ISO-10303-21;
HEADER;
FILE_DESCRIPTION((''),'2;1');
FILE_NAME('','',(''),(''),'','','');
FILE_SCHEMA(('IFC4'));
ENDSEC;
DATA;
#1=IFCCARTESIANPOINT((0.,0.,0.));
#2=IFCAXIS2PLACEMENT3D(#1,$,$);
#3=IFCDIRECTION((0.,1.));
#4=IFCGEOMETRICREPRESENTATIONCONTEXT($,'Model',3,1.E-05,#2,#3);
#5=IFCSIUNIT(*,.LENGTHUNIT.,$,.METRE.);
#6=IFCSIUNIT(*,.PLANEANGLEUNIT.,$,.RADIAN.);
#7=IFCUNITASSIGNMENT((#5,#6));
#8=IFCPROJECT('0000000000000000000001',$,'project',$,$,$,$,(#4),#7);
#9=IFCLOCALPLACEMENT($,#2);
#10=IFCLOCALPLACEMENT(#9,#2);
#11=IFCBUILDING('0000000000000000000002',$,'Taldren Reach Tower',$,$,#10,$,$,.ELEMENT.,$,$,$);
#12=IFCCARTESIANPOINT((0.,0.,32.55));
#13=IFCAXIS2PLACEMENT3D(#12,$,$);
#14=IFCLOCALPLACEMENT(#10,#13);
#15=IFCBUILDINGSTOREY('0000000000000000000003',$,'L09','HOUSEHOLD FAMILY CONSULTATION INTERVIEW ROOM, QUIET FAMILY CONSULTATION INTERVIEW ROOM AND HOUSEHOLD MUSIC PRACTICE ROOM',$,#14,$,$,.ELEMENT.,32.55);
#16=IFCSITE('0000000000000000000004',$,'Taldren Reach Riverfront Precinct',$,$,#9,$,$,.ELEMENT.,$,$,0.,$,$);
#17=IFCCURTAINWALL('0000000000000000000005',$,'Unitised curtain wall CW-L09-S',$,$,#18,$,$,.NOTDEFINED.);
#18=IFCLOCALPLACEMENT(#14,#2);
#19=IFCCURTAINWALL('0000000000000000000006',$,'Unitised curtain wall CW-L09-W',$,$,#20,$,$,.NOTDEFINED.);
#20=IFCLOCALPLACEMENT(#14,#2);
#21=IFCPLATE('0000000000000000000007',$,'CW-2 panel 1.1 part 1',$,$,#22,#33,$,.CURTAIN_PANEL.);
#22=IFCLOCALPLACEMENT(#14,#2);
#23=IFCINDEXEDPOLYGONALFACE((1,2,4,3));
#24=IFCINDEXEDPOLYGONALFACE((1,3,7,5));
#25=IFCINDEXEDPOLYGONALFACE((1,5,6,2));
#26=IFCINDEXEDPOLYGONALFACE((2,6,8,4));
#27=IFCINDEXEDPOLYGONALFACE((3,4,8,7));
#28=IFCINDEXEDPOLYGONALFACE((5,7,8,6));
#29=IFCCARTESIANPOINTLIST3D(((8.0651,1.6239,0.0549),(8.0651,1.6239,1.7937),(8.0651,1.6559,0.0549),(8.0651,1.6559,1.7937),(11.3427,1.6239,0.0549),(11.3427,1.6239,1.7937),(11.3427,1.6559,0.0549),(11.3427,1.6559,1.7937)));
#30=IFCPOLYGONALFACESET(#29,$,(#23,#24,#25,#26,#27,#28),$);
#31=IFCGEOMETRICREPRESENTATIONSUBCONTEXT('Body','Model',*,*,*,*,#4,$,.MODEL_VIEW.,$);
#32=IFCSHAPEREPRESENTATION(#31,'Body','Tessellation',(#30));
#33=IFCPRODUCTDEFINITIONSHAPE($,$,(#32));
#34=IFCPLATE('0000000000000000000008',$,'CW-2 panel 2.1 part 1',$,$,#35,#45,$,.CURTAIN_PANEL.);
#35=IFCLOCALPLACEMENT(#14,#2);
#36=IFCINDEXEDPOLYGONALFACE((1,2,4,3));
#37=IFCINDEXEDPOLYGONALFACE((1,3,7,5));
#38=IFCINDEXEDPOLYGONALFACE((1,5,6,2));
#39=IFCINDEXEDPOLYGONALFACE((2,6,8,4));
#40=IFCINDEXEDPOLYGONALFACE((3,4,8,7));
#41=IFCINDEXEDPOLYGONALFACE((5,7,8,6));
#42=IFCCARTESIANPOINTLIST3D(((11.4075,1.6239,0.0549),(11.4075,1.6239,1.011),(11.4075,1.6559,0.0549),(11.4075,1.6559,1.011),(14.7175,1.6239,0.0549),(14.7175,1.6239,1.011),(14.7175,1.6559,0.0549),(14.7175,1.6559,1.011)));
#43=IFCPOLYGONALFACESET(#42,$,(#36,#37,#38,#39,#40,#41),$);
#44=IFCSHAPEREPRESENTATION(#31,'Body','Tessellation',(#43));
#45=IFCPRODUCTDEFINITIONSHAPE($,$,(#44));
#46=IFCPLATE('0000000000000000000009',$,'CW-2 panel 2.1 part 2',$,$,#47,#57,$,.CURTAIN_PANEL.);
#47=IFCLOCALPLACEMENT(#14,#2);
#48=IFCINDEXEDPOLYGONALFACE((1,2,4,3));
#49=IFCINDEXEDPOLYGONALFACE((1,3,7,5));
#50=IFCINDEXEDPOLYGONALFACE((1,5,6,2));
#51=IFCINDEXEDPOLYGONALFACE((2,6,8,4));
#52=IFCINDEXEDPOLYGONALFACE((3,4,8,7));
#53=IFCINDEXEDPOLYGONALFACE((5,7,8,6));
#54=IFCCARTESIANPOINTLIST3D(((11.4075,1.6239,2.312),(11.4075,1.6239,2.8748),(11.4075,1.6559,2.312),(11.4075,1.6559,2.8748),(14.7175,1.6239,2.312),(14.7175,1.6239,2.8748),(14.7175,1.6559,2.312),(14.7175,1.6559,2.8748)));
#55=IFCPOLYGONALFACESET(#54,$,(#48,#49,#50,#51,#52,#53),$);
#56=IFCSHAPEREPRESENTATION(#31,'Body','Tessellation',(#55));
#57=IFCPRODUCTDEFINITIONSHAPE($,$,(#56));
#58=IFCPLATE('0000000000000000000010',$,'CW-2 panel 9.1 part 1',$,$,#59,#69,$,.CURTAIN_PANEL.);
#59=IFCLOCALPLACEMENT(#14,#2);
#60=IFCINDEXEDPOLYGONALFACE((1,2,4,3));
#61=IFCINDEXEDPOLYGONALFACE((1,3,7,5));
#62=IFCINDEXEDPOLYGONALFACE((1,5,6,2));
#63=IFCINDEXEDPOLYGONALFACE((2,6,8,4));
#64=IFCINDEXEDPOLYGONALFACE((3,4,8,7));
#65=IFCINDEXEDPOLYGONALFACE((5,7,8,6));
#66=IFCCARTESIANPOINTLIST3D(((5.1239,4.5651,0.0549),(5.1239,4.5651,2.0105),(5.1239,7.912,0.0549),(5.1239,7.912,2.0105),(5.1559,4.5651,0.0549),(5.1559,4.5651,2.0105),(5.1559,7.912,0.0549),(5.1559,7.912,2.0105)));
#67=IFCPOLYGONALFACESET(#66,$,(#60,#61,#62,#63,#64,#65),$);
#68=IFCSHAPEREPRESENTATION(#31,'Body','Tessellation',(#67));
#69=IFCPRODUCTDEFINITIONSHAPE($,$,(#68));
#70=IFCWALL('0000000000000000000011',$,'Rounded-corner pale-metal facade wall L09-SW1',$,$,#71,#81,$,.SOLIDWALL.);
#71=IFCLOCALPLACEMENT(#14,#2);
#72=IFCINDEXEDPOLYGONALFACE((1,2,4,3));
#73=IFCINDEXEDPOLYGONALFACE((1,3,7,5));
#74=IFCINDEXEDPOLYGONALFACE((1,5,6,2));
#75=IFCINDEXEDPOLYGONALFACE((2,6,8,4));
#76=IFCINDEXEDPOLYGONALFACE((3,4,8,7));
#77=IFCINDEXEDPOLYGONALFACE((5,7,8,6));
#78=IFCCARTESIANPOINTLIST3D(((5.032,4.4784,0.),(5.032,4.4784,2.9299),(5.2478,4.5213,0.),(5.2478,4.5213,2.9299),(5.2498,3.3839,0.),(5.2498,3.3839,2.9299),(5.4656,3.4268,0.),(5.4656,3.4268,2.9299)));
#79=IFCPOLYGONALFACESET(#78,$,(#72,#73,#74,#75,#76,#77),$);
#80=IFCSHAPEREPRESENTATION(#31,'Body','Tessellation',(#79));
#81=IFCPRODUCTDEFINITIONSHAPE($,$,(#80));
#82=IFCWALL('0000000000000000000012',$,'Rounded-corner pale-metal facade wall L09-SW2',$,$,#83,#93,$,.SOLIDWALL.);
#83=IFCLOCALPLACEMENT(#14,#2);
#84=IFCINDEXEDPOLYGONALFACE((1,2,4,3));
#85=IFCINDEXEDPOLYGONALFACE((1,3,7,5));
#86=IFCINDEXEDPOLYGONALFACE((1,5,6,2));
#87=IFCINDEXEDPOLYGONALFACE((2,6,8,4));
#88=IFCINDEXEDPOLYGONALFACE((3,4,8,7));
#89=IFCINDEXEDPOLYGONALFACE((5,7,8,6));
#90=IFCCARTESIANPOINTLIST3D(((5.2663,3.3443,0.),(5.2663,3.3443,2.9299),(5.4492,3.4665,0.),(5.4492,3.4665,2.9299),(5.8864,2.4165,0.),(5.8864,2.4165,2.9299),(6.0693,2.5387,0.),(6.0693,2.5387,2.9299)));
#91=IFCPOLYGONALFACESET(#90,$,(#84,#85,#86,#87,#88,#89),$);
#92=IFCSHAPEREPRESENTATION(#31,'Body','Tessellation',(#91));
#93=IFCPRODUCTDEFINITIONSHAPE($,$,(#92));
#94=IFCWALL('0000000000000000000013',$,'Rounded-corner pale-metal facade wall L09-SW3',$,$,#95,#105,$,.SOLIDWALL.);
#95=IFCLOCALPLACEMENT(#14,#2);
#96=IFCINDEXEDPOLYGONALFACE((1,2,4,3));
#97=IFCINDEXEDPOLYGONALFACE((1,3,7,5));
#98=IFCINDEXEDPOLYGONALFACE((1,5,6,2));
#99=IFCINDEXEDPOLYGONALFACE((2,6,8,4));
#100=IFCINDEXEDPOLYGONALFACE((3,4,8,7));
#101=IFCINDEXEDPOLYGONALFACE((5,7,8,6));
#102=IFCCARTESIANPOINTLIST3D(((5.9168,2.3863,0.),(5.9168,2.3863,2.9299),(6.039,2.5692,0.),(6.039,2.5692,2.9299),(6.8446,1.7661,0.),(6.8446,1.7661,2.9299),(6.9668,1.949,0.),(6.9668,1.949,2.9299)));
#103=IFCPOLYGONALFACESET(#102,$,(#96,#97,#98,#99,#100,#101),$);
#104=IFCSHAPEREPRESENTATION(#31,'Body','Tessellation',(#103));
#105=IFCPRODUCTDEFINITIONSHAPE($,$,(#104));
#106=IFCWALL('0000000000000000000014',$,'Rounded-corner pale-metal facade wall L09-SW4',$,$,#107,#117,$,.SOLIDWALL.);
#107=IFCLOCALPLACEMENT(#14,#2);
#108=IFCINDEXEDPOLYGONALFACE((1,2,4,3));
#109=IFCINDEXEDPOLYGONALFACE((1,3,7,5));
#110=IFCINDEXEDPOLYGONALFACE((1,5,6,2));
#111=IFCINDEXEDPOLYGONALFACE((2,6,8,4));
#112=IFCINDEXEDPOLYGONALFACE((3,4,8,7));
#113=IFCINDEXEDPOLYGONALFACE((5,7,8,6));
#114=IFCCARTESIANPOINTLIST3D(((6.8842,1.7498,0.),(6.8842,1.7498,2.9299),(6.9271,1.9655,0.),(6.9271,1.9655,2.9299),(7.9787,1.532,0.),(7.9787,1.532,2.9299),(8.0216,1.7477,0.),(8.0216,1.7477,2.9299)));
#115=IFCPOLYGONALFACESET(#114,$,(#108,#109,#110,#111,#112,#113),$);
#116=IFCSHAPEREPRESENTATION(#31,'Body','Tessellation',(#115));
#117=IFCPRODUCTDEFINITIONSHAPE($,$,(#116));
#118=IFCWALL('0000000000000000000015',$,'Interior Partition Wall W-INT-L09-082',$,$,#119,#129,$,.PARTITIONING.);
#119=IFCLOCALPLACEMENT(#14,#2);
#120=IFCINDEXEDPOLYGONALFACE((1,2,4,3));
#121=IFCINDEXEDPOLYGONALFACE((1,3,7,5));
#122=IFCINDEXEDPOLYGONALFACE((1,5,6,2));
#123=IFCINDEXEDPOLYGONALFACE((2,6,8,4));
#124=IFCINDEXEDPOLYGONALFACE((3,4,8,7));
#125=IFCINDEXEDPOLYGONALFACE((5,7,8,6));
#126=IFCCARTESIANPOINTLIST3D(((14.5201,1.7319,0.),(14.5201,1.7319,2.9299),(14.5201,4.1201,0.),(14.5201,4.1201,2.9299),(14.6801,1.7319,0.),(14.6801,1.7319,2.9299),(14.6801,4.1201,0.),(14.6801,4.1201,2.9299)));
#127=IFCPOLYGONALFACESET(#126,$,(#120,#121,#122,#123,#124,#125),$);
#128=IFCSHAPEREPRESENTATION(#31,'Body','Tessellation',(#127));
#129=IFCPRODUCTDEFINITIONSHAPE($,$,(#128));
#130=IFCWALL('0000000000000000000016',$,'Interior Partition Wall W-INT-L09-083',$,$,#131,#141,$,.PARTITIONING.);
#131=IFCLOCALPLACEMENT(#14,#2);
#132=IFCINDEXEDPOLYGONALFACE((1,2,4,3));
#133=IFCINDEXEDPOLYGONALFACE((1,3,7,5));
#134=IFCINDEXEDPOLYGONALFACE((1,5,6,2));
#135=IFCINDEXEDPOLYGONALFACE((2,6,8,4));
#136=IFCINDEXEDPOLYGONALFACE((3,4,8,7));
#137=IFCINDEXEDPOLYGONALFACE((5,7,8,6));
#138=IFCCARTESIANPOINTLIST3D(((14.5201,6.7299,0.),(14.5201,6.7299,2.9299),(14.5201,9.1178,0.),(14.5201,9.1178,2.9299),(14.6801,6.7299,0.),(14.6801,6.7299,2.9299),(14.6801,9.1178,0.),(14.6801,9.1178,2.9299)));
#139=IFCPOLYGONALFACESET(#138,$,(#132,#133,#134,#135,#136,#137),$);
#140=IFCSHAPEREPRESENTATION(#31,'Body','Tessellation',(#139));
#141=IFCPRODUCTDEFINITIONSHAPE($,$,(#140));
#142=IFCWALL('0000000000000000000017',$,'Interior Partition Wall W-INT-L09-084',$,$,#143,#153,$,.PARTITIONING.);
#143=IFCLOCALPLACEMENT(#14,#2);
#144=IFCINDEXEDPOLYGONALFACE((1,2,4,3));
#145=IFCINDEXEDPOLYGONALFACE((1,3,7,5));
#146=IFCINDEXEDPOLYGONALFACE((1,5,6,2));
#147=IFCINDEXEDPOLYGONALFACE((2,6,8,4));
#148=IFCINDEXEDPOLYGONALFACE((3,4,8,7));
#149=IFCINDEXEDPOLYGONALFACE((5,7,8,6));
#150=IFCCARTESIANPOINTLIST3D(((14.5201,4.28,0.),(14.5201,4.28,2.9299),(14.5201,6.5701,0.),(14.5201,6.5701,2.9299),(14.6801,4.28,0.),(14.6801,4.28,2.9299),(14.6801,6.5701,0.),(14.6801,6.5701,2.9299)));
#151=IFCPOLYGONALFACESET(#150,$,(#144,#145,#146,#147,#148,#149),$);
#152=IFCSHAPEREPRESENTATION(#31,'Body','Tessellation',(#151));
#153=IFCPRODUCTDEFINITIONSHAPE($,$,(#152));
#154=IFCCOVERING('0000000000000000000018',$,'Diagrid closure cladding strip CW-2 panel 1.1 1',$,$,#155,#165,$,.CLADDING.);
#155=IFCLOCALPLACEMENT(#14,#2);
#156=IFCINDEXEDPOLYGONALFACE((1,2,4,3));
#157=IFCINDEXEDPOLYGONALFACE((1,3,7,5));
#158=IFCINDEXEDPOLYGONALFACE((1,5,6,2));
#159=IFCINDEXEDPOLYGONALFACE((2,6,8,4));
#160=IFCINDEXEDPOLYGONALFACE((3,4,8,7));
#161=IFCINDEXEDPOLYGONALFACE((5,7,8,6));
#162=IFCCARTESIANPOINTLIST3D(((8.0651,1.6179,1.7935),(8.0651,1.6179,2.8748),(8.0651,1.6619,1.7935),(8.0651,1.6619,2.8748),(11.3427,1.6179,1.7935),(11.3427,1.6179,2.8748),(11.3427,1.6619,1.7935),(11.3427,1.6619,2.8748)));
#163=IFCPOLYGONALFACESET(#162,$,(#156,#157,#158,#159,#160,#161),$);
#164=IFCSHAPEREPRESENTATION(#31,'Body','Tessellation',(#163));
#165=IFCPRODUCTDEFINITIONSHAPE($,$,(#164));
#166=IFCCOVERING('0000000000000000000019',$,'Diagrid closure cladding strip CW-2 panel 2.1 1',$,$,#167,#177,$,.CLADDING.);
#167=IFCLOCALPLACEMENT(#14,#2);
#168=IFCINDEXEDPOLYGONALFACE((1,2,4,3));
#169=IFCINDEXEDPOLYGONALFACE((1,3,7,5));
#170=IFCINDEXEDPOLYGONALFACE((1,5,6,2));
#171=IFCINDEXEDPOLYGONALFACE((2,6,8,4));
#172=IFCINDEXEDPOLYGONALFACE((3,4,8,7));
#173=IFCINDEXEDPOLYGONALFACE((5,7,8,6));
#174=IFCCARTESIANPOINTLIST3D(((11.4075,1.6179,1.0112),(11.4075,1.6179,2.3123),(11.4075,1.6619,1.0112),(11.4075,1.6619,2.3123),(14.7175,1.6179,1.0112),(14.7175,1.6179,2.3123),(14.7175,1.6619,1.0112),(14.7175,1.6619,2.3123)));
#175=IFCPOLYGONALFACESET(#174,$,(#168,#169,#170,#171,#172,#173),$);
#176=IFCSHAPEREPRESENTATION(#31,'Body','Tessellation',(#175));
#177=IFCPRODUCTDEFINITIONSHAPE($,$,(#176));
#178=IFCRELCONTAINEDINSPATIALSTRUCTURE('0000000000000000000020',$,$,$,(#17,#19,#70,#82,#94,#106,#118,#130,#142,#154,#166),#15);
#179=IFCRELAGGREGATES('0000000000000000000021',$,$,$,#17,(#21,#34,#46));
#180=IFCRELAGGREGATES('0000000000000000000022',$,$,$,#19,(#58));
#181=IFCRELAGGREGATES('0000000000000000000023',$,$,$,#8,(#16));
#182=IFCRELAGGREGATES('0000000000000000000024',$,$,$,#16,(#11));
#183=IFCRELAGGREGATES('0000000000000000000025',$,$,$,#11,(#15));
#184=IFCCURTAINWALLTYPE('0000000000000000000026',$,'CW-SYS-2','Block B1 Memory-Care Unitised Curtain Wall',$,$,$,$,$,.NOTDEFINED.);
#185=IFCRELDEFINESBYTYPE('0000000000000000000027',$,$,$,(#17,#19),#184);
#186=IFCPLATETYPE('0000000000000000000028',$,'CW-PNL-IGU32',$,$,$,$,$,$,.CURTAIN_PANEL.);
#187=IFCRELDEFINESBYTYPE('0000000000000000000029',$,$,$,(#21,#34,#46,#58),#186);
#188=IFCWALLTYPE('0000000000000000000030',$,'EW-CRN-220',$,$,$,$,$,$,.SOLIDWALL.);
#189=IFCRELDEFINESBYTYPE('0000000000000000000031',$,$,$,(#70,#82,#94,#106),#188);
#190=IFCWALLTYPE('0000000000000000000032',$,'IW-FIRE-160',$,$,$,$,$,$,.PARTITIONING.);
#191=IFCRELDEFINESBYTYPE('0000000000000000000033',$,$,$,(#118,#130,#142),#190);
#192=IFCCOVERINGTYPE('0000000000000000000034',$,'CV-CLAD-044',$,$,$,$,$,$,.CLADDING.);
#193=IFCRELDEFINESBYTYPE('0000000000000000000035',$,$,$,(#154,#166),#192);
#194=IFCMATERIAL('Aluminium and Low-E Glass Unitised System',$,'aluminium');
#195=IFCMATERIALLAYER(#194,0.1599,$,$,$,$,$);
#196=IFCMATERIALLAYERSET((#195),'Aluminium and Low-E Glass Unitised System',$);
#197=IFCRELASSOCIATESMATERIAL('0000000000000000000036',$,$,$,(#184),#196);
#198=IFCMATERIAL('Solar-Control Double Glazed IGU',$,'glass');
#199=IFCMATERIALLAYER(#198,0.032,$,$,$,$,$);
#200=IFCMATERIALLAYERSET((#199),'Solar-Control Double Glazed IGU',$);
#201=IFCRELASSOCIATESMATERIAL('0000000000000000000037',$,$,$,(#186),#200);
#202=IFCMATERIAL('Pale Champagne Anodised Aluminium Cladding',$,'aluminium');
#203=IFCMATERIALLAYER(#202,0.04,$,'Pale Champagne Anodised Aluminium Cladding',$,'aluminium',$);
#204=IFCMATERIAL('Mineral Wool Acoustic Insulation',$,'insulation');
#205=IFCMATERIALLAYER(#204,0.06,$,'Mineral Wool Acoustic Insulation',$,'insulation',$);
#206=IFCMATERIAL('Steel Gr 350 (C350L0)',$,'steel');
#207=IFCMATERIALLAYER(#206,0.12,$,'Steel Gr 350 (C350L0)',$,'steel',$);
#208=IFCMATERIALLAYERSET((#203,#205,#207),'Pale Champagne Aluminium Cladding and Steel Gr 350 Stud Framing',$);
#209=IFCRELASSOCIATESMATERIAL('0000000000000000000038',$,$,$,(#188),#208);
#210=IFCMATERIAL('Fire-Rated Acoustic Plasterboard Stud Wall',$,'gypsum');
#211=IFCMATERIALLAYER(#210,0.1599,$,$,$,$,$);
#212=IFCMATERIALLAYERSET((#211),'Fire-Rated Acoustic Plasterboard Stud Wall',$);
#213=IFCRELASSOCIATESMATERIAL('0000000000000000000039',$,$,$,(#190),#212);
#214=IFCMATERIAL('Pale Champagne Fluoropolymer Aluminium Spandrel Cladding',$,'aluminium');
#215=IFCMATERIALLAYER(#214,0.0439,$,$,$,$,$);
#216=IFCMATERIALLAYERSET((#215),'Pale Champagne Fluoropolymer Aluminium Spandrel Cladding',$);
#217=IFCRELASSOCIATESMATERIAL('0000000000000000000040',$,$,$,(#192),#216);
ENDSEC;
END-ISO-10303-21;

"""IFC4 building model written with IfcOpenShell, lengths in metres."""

from ifc_helpers import new_model, si_unit, direction, frame, frame_2d, origin, origin_2d, place, context, subcontext, project, spatial, rectangle, extrude, source, transform, mapped, material, layer, layer_set, type_object, element, aggregate, save


model = new_model("IFC4")

# Units and contexts
model_context = context("Model", 3, precision=1e-05, world=origin(), true_north=direction((0.0, 1.0)))
body_context = subcontext(model_context, "Body", "Model", "MODEL_VIEW")
ifc_project = project(units=[si_unit("LENGTHUNIT", "METRE"), si_unit("PLANEANGLEUNIT", "RADIAN")], contexts=[model_context])

# Site, building, storey
site_placement = place(None, origin())
site = spatial("IfcSite", under=ifc_project, at=site_placement, Name="Taldren Reach Riverfront Precinct", CompositionType="ELEMENT", RefElevation=0.0)
building_placement = place(site_placement, origin())
building = spatial("IfcBuilding", under=site, at=building_placement, Name="Taldren Reach Tower", CompositionType="ELEMENT")
storey_placement = place(building_placement, frame((0.0, 0.0, 32.55)))
storey = spatial("IfcBuildingStorey", under=building, at=storey_placement, Name="L09", Description="HOUSEHOLD FAMILY CONSULTATION INTERVIEW ROOM, QUIET FAMILY CONSULTATION INTERVIEW ROOM AND HOUSEHOLD MUSIC PRACTICE ROOM", CompositionType="ELEMENT", Elevation=32.55)

# Shared definitions
ifc_material_1 = material(Name="Steel Gr 350 (C350L0)", Category="steel")

# Curtain wall
ifc_material_2 = material(Name="Aluminium and Low-E Glass Unitised System", Category="aluminium")
ifc_layer_1 = layer(ifc_material_2, 0.1599)
ifc_layer_set_1 = layer_set([ifc_layer_1], Name="Aluminium and Low-E Glass Unitised System")
curtain_wall_type = type_object("IfcCurtainWallType", Name="CW-SYS-2", Description="Block B1 Memory-Care Unitised Curtain Wall", PredefinedType="NOTDEFINED", material=ifc_layer_set_1)
curtain_wall_1_placement = place(storey_placement, origin())
curtain_wall_1 = element("IfcCurtainWall", 1, at=curtain_wall_1_placement, inside=storey, type_object=curtain_wall_type, Name="Unitised curtain wall CW-L09-S", PredefinedType="NOTDEFINED")

# Curtain wall
curtain_wall_2_placement = place(storey_placement, origin())
curtain_wall_2 = element("IfcCurtainWall", 2, at=curtain_wall_2_placement, inside=storey, type_object=curtain_wall_type, Name="Unitised curtain wall CW-L09-W", PredefinedType="NOTDEFINED")

# Plates
ifc_material_3 = material(Name="Solar-Control Double Glazed IGU", Category="glass")
ifc_layer_2 = layer(ifc_material_3, 0.032)
ifc_layer_set_2 = layer_set([ifc_layer_2], Name="Solar-Control Double Glazed IGU")
plate_type_1 = type_object("IfcPlateType", Name="CW-PNL-IGU32", PredefinedType="CURTAIN_PANEL", material=ifc_layer_set_2)
shared_shape_1 = source(origin(), body_context, "Body", "SweptSolid", [
    extrude(rectangle(XDim=3.2776, YDim=0.032, at=origin_2d()), origin(), (0.0, 0.0, 1.0), 1.7388),
])
plate_1_placement = place(storey_placement, frame((9.7039, 1.6399, 0.0549), z_axis=(0.0, 0.0, 1.0), x_axis=(1.0, 0.0, 0.0)))
plate_1 = element("IfcPlate", 3, at=plate_1_placement, type_object=plate_type_1, Name="CW-2 panel 1.1 part 1", PredefinedType="CURTAIN_PANEL", context=body_context, shape_type="MappedRepresentation", body=[
    mapped(shared_shape_1, transform((0.0, 0.0, 0.0), scale=1.0)),
])
shared_shape_2 = source(origin(), body_context, "Body", "SweptSolid", [
    extrude(rectangle(XDim=3.3101, YDim=0.032, at=origin_2d()), origin(), (0.0, 0.0, 1.0), 0.9561),
])
plate_2_placement = place(storey_placement, frame((13.0625, 1.6399, 0.0549), z_axis=(0.0, 0.0, 1.0), x_axis=(1.0, 0.0, 0.0)))
plate_2 = element("IfcPlate", 4, at=plate_2_placement, type_object=plate_type_1, Name="CW-2 panel 2.1 part 1", PredefinedType="CURTAIN_PANEL", context=body_context, shape_type="MappedRepresentation", body=[
    mapped(shared_shape_2, transform((0.0, 0.0, 0.0), scale=1.0)),
])
shared_shape_3 = source(origin(), body_context, "Body", "SweptSolid", [
    extrude(rectangle(XDim=3.3101, YDim=0.032, at=origin_2d()), origin(), (0.0, 0.0, 1.0), 0.5627),
])
plate_3_placement = place(storey_placement, frame((13.0625, 1.6399, 2.312), z_axis=(0.0, 0.0, 1.0), x_axis=(1.0, 0.0, 0.0)))
plate_3 = element("IfcPlate", 5, at=plate_3_placement, type_object=plate_type_1, Name="CW-2 panel 2.1 part 2", PredefinedType="CURTAIN_PANEL", context=body_context, shape_type="MappedRepresentation", body=[
    mapped(shared_shape_3, transform((0.0, 0.0, 0.0), scale=1.0)),
])
aggregate(curtain_wall_1, [plate_1, plate_2, plate_3])
shared_shape_4 = source(origin(), body_context, "Body", "SweptSolid", [
    extrude(rectangle(XDim=3.3469, YDim=0.032, at=origin_2d()), origin(), (0.0, 0.0, 1.0), 1.9556),
])
plate_4_placement = place(storey_placement, frame((5.1399, 6.2385, 0.0549), z_axis=(0.0, 0.0, 1.0), x_axis=(0.0, -1.0, 0.0)))
plate_4 = element("IfcPlate", 6, at=plate_4_placement, type_object=plate_type_1, Name="CW-2 panel 9.1 part 1", PredefinedType="CURTAIN_PANEL", context=body_context, shape_type="MappedRepresentation", body=[
    mapped(shared_shape_4, transform((0.0, 0.0, 0.0), scale=1.0)),
])
aggregate(curtain_wall_2, [plate_4])

# Walls
ifc_material_4 = material(Name="Pale Champagne Anodised Aluminium Cladding", Category="aluminium")
ifc_layer_3 = layer(ifc_material_4, 0.04, Name="Pale Champagne Anodised Aluminium Cladding", Category="aluminium")
ifc_material_5 = material(Name="Mineral Wool Acoustic Insulation", Category="insulation")
ifc_layer_4 = layer(ifc_material_5, 0.06, Name="Mineral Wool Acoustic Insulation", Category="insulation")
ifc_layer_5 = layer(ifc_material_1, 0.12, Name="Steel Gr 350 (C350L0)", Category="steel")
ifc_layer_set_3 = layer_set([ifc_layer_3, ifc_layer_4, ifc_layer_5], Name="Pale Champagne Aluminium Cladding and Steel Gr 350 Stud Framing")
wall_type_1 = type_object("IfcWallType", Name="EW-CRN-220", PredefinedType="SOLIDWALL", material=ifc_layer_set_3)
shared_shape_5 = source(origin(), body_context, "Body", "SweptSolid", [
    extrude(rectangle(XDim=1.116, YDim=0.22, at=frame_2d((0.5581, 0.0))), origin(), (0.0, 0.0, 1.0), 2.9299),
])
for number, where, z_axis, x_axis, name in (
    (7, (5.1399, 4.5, 0.0), (0.0, 0.0, 1.0), (0.195148, -0.980774, 0.0), "Rounded-corner pale-metal facade wall L09-SW1"),
    (8, (5.3577, 3.4055, 0.0), (0.0, 0.0, 1.0), (0.55571, -0.831377, 0.0), "Rounded-corner pale-metal facade wall L09-SW2"),
    (9, (5.9778, 2.4778, 0.0), (0.0, 0.0, 1.0), (0.831377, -0.55571, 0.0), "Rounded-corner pale-metal facade wall L09-SW3"),
    (10, (6.9055, 1.8577, 0.0), (0.0, 0.0, 1.0), (0.980774, -0.195148, 0.0), "Rounded-corner pale-metal facade wall L09-SW4"),
):
    element("IfcWall", number, at=place(storey_placement, frame(where, z_axis=z_axis, x_axis=x_axis)), inside=storey, type_object=wall_type_1, Name=name, PredefinedType="SOLIDWALL", context=body_context, shape_type="MappedRepresentation", body=[
        mapped(shared_shape_5, transform((0.0, 0.0, 0.0), scale=1.0)),
    ])
ifc_material_6 = material(Name="Fire-Rated Acoustic Plasterboard Stud Wall", Category="gypsum")
ifc_layer_6 = layer(ifc_material_6, 0.1599)
ifc_layer_set_4 = layer_set([ifc_layer_6], Name="Fire-Rated Acoustic Plasterboard Stud Wall")
wall_type_2 = type_object("IfcWallType", Name="IW-FIRE-160", PredefinedType="PARTITIONING", material=ifc_layer_set_4)
shared_shape_6 = source(origin(), body_context, "Body", "SweptSolid", [
    extrude(rectangle(XDim=2.3882, YDim=0.1599, at=frame_2d((1.1941, 0.0))), origin(), (0.0, 0.0, 1.0), 2.9299),
])
wall_1_placement = place(storey_placement, frame((14.6001, 1.7319, 0.0), z_axis=(0.0, 0.0, 1.0), x_axis=(0.0, 1.0, 0.0)))
element("IfcWall", 11, at=wall_1_placement, inside=storey, type_object=wall_type_2, Name="Interior Partition Wall W-INT-L09-082", PredefinedType="PARTITIONING", context=body_context, shape_type="MappedRepresentation", body=[
    mapped(shared_shape_6, transform((0.0, 0.0, 0.0), scale=1.0)),
])
shared_shape_7 = source(origin(), body_context, "Body", "SweptSolid", [
    extrude(rectangle(XDim=2.3879, YDim=0.1599, at=frame_2d((1.1938, 0.0))), origin(), (0.0, 0.0, 1.0), 2.9299),
])
wall_2_placement = place(storey_placement, frame((14.6001, 6.73, 0.0), z_axis=(0.0, 0.0, 1.0), x_axis=(0.0, 1.0, 0.0)))
element("IfcWall", 12, at=wall_2_placement, inside=storey, type_object=wall_type_2, Name="Interior Partition Wall W-INT-L09-083", PredefinedType="PARTITIONING", context=body_context, shape_type="MappedRepresentation", body=[
    mapped(shared_shape_7, transform((0.0, 0.0, 0.0), scale=1.0)),
])
shared_shape_8 = source(origin(), body_context, "Body", "SweptSolid", [
    extrude(rectangle(XDim=2.29, YDim=0.1599, at=frame_2d((1.145, 0.0))), origin(), (0.0, 0.0, 1.0), 2.9299),
])
wall_3_placement = place(storey_placement, frame((14.6001, 4.28, 0.0), z_axis=(0.0, 0.0, 1.0), x_axis=(0.0, 1.0, 0.0)))
element("IfcWall", 13, at=wall_3_placement, inside=storey, type_object=wall_type_2, Name="Interior Partition Wall W-INT-L09-084", PredefinedType="PARTITIONING", context=body_context, shape_type="MappedRepresentation", body=[
    mapped(shared_shape_8, transform((0.0, 0.0, 0.0), scale=1.0)),
])

# Coverings
ifc_material_7 = material(Name="Pale Champagne Fluoropolymer Aluminium Spandrel Cladding", Category="aluminium")
ifc_layer_7 = layer(ifc_material_7, 0.0439)
ifc_layer_set_5 = layer_set([ifc_layer_7], Name="Pale Champagne Fluoropolymer Aluminium Spandrel Cladding")
covering_type = type_object("IfcCoveringType", Name="CV-CLAD-044", PredefinedType="CLADDING", material=ifc_layer_set_5)
shared_shape_9 = source(origin(), body_context, "Body", "SweptSolid", [
    extrude(rectangle(XDim=3.2776, YDim=0.0439, at=origin_2d()), origin(), (0.0, 0.0, 1.0), 1.0813),
])
covering_1_placement = place(storey_placement, frame((9.7039, 1.6399, 1.7935), z_axis=(0.0, 0.0, 1.0), x_axis=(1.0, 0.0, 0.0)))
element("IfcCovering", 14, at=covering_1_placement, inside=storey, type_object=covering_type, Name="Diagrid closure cladding strip CW-2 panel 1.1 1", PredefinedType="CLADDING", context=body_context, shape_type="MappedRepresentation", body=[
    mapped(shared_shape_9, transform((0.0, 0.0, 0.0), scale=1.0)),
])
shared_shape_10 = source(origin(), body_context, "Body", "SweptSolid", [
    extrude(rectangle(XDim=3.3101, YDim=0.0439, at=origin_2d()), origin(), (0.0, 0.0, 1.0), 1.301),
])
covering_2_placement = place(storey_placement, frame((13.0625, 1.6399, 1.0112), z_axis=(0.0, 0.0, 1.0), x_axis=(1.0, 0.0, 0.0)))
element("IfcCovering", 15, at=covering_2_placement, inside=storey, type_object=covering_type, Name="Diagrid closure cladding strip CW-2 panel 2.1 1", PredefinedType="CLADDING", context=body_context, shape_type="MappedRepresentation", body=[
    mapped(shared_shape_10, transform((0.0, 0.0, 0.0), scale=1.0)),
])

save(model, "model.ifc")
